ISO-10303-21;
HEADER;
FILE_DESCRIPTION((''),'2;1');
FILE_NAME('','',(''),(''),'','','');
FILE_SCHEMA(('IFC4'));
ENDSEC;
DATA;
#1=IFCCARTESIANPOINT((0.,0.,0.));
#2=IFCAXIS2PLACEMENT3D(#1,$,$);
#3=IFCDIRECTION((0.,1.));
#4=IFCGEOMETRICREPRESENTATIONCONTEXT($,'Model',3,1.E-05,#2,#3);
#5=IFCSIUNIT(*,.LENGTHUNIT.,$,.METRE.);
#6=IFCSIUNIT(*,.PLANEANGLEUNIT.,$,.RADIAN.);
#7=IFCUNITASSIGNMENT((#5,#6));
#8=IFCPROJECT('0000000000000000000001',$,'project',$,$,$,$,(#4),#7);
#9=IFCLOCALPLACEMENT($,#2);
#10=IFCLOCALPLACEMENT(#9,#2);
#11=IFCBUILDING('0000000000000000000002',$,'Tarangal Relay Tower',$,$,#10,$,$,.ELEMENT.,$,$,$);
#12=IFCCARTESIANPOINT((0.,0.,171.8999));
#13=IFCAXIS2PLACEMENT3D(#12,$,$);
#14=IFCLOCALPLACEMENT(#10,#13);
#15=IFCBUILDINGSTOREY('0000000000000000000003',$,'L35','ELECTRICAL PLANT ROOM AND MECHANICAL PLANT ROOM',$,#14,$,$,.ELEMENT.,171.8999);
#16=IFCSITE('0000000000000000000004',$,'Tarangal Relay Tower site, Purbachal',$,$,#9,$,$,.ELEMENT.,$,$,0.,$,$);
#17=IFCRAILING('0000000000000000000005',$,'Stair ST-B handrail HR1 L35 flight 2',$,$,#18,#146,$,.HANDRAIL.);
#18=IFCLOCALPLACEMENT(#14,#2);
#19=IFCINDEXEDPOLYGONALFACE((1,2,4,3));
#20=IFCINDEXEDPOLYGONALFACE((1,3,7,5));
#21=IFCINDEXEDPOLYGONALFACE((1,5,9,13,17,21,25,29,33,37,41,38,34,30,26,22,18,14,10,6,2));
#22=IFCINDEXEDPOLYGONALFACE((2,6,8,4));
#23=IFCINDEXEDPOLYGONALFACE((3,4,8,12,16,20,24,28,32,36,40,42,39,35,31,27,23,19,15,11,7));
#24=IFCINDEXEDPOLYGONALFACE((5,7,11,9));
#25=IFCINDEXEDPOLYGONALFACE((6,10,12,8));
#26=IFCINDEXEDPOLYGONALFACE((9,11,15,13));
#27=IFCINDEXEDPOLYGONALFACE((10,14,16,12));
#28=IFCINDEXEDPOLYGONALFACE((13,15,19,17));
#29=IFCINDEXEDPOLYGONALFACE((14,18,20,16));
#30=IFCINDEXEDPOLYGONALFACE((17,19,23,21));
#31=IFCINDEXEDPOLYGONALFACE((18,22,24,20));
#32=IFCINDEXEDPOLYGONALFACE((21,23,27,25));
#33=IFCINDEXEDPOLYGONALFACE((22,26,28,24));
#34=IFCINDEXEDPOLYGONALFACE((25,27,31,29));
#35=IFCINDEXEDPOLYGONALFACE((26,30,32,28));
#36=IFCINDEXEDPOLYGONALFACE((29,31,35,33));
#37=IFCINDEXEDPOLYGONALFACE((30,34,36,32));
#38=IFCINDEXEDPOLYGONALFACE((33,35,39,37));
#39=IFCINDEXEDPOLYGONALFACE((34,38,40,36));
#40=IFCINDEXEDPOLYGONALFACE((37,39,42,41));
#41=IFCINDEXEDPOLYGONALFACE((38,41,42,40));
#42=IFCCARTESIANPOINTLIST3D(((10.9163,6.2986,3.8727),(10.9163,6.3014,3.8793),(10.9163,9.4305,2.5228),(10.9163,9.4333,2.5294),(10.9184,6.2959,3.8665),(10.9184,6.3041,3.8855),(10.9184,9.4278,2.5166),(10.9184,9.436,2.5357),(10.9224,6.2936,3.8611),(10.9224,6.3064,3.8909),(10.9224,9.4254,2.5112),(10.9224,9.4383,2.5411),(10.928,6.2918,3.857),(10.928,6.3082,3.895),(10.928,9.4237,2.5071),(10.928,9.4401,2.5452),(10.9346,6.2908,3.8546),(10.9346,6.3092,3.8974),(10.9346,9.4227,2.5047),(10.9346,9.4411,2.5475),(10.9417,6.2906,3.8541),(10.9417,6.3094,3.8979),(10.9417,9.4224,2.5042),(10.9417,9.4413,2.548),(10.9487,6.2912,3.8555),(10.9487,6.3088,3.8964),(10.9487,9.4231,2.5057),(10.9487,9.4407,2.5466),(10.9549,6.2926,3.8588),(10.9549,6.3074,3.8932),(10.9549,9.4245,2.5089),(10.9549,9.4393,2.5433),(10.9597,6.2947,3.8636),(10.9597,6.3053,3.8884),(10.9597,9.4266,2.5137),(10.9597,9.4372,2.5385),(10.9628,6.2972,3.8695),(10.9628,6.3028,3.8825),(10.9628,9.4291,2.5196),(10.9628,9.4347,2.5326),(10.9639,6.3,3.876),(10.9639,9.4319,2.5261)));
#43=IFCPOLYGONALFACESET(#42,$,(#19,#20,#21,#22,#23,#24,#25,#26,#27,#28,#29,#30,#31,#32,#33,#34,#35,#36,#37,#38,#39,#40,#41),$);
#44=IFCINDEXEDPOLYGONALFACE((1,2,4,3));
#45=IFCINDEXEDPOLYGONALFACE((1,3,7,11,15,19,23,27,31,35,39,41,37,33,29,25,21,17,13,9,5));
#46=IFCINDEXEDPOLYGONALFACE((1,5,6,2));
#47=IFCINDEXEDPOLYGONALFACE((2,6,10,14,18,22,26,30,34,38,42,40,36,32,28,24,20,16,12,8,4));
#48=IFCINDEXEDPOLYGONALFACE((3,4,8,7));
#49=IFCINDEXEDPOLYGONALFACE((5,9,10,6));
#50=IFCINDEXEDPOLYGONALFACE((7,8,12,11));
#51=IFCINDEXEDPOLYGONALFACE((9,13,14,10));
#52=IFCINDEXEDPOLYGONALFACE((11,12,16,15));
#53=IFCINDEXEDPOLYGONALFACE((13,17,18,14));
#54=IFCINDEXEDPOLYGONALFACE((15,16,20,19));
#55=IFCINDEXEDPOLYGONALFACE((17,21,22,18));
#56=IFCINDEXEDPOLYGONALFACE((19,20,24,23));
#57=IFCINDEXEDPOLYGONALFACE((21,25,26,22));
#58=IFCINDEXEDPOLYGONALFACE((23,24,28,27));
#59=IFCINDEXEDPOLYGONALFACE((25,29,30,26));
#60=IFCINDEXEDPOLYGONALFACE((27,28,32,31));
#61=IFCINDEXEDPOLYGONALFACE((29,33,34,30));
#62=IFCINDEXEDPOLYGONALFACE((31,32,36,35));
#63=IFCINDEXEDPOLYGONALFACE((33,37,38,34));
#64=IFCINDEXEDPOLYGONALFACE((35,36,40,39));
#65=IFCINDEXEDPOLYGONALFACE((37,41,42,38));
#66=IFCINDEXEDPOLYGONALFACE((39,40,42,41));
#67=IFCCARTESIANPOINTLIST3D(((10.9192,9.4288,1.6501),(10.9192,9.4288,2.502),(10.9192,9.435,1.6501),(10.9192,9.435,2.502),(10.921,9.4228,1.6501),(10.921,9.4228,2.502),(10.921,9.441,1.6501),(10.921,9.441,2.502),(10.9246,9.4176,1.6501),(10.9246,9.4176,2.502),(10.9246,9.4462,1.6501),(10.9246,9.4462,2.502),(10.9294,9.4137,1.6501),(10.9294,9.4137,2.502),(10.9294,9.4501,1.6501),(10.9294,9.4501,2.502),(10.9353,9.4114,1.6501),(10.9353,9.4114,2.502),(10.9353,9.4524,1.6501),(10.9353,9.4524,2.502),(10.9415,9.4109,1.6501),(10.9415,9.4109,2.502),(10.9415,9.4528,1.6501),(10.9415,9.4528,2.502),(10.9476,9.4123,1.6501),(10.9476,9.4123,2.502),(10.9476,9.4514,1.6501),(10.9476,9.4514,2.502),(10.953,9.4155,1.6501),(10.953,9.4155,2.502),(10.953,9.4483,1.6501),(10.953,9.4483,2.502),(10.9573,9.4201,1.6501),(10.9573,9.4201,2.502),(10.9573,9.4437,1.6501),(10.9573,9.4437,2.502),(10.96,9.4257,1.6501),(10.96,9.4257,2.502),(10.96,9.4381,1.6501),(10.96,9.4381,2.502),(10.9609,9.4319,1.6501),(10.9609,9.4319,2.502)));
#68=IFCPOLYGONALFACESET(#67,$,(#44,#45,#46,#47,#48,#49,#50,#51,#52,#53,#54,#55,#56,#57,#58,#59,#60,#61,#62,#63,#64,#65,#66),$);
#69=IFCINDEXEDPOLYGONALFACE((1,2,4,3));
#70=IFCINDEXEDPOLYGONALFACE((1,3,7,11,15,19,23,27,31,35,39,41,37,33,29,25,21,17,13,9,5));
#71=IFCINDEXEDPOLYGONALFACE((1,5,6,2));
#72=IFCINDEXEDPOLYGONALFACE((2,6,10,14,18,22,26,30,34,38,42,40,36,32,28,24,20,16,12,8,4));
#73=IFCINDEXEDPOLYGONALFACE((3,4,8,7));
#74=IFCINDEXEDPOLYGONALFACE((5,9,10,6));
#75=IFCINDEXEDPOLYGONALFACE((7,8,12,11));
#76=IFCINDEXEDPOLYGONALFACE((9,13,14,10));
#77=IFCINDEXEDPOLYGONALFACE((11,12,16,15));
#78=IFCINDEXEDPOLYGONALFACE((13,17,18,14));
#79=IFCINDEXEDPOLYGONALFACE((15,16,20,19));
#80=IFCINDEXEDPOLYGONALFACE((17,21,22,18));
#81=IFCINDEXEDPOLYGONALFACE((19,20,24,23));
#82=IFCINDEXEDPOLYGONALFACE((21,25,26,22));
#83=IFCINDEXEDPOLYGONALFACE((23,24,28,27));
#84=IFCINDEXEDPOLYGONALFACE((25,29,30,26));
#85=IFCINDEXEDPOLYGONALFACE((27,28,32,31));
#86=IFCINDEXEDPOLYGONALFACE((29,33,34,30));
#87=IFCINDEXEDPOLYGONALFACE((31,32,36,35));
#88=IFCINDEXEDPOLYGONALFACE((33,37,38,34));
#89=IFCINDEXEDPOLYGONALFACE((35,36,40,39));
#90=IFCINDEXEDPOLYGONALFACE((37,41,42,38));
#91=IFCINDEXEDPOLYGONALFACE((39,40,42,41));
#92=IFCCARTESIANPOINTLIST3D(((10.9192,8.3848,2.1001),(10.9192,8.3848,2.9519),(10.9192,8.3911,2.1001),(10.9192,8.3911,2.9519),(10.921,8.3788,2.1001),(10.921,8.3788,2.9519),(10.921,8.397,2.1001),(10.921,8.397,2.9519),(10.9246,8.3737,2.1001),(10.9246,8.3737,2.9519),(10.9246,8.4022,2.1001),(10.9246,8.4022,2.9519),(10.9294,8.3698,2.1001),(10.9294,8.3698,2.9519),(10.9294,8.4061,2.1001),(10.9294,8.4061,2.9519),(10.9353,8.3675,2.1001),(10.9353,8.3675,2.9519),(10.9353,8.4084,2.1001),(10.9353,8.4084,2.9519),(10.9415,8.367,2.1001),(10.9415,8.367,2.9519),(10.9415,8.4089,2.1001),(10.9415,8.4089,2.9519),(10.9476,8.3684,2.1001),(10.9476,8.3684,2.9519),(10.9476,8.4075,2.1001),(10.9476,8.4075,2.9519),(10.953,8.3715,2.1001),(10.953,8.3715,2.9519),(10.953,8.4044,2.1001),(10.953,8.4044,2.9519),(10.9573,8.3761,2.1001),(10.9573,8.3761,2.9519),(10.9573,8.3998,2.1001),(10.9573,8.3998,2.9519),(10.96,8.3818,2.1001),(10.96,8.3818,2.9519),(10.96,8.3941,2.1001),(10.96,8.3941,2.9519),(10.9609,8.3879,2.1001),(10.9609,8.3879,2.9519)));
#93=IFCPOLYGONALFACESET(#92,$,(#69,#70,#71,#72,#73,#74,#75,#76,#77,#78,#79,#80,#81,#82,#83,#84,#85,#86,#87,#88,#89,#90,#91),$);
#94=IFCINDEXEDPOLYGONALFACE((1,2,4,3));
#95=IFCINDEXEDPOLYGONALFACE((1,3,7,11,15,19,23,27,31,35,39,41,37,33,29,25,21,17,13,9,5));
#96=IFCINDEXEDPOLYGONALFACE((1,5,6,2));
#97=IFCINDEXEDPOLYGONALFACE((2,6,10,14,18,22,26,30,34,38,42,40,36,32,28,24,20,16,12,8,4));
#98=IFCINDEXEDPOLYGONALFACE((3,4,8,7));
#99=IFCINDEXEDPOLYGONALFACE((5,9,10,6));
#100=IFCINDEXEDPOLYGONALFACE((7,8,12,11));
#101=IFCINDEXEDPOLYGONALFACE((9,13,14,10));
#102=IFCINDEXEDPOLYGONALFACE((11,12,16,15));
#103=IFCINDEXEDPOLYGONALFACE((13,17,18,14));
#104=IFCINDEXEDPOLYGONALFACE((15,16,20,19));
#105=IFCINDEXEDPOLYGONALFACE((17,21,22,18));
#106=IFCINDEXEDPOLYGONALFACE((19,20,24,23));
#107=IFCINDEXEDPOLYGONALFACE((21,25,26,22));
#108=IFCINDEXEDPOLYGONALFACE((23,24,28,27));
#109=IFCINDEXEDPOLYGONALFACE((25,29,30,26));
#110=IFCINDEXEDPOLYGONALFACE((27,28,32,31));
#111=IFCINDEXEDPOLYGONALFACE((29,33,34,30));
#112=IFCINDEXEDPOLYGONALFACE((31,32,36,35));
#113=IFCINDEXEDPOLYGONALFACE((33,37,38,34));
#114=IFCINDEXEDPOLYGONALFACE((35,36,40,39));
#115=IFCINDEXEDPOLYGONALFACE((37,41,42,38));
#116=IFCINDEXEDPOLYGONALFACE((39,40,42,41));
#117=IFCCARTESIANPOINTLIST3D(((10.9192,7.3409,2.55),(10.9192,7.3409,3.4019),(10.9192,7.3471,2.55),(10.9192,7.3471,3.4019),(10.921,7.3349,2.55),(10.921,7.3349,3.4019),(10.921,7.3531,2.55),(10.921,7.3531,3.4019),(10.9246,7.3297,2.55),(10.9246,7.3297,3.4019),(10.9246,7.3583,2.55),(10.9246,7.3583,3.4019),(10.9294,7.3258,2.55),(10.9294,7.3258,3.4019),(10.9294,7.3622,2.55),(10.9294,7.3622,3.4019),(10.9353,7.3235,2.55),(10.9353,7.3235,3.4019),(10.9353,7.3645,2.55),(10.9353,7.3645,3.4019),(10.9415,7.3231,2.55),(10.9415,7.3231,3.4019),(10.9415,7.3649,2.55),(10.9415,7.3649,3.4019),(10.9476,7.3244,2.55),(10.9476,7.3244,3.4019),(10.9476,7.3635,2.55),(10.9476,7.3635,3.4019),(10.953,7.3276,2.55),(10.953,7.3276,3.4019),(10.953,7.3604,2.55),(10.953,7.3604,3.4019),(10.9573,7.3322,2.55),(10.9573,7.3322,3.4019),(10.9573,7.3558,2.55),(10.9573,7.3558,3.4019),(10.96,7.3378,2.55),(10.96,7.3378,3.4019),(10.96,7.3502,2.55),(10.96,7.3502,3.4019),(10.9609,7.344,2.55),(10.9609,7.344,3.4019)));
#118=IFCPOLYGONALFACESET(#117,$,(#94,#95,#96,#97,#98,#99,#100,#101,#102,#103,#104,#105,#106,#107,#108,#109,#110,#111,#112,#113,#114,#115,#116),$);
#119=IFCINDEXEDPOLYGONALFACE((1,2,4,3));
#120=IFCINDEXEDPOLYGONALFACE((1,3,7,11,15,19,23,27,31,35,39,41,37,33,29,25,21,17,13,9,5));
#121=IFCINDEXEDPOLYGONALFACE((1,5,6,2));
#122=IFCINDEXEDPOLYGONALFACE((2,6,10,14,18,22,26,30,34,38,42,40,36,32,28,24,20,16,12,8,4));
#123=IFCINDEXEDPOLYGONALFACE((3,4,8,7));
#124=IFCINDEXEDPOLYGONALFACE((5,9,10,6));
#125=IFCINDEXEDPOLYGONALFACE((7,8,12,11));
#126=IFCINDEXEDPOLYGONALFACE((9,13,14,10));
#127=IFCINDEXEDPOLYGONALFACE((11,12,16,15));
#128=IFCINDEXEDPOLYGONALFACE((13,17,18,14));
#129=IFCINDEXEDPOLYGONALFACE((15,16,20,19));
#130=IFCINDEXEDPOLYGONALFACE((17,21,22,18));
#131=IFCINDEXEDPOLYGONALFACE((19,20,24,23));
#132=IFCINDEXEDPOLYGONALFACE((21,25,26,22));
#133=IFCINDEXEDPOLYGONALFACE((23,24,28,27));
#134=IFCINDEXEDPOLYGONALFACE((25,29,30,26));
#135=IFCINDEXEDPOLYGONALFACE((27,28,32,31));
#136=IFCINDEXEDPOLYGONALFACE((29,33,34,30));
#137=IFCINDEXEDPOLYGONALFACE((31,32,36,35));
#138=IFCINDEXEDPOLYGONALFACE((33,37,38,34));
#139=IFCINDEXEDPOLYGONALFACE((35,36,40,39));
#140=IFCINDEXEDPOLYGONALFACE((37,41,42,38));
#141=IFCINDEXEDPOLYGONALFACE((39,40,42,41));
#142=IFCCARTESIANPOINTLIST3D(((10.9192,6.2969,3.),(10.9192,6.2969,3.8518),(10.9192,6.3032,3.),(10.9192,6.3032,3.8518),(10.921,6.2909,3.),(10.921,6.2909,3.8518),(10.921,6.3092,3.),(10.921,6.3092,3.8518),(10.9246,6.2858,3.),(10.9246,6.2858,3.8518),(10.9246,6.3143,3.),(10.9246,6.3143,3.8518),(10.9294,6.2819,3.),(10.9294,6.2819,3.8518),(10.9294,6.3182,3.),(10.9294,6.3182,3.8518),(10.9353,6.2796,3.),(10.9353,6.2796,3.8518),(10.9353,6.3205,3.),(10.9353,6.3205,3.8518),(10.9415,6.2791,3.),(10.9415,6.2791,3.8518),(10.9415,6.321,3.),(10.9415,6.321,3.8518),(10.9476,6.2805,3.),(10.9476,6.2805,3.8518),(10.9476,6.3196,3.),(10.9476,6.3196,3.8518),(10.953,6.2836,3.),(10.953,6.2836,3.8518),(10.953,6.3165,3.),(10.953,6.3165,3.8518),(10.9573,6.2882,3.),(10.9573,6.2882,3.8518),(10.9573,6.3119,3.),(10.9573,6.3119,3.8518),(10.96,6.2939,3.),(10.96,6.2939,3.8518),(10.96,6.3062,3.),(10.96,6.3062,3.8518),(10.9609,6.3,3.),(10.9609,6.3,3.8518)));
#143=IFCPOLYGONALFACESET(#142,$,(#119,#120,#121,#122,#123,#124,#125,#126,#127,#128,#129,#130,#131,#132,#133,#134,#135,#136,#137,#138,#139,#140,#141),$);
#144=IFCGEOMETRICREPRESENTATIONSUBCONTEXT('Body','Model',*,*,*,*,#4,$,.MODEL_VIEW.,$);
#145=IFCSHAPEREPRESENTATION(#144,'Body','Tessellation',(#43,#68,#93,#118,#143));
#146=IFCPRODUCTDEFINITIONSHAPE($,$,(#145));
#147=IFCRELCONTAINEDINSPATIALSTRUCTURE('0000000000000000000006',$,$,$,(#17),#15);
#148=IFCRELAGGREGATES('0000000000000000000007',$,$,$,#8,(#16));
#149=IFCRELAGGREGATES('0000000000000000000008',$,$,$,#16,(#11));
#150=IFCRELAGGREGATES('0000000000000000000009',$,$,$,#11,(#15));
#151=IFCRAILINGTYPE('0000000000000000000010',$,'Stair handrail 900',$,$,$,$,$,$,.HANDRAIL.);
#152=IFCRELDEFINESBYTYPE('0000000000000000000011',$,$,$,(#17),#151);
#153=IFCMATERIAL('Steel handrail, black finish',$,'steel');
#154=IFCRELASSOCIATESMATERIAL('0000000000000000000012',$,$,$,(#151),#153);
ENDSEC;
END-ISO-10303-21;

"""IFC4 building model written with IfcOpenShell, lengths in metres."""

from ifc_helpers import new_model, si_unit, direction, frame, origin, origin_2d, place, context, subcontext, project, spatial, circle, extrude, material, type_object, element, save


model = new_model("IFC4")

# Units and contexts
model_context = context("Model", 3, precision=1e-05, world=origin(), true_north=direction((0.0, 1.0)))
body_context = subcontext(model_context, "Body", "Model", "MODEL_VIEW")
ifc_project = project(units=[si_unit("LENGTHUNIT", "METRE"), si_unit("PLANEANGLEUNIT", "RADIAN")], contexts=[model_context])

# Site, building, storey
site_placement = place(None, origin())
site = spatial("IfcSite", under=ifc_project, at=site_placement, Name="Tarangal Relay Tower site, Purbachal", CompositionType="ELEMENT", RefElevation=0.0)
building_placement = place(site_placement, origin())
building = spatial("IfcBuilding", under=site, at=building_placement, Name="Tarangal Relay Tower", CompositionType="ELEMENT")
storey_placement = place(building_placement, frame((0.0, 0.0, 171.8999)))
storey = spatial("IfcBuildingStorey", under=building, at=storey_placement, Name="L35", Description="ELECTRICAL PLANT ROOM AND MECHANICAL PLANT ROOM", CompositionType="ELEMENT", Elevation=171.8999)

# Railing
ifc_material_1 = material(Name="Steel handrail, black finish", Category="steel")
railing_type_1 = type_object("IfcRailingType", Name="Stair handrail 900", PredefinedType="HANDRAIL", material=ifc_material_1)
railing_1_placement = place(storey_placement, frame((10.9399, 9.4319, 1.6501)))
element("IfcRailing", 1, at=railing_1_placement, inside=storey, type_object=railing_type_1, Name="Stair ST-B handrail HR1 L35 flight 2", PredefinedType="HANDRAIL", context=body_context, shape_type="SweptSolid", body=[
    extrude(circle(Radius=0.0239, at=origin_2d()), frame((0.0, 0.0, 0.876), z_axis=(0.0, -0.918332, 0.395811), x_axis=(1.0, 0.0, 0.0)), (0.0, 0.0, 1.0), 3.4104),
    extrude(circle(Radius=0.021, at=origin_2d()), origin(), (0.0, 0.0, 1.0), 0.8518),
    extrude(circle(Radius=0.021, at=origin_2d()), frame((0.0, -1.0439, 0.45)), (0.0, 0.0, 1.0), 0.8518),
    extrude(circle(Radius=0.021, at=origin_2d()), frame((0.0, -2.0879, 0.8999)), (0.0, 0.0, 1.0), 0.8518),
    extrude(circle(Radius=0.021, at=origin_2d()), frame((0.0, -3.1318, 1.3499)), (0.0, 0.0, 1.0), 0.8518),
])

save(model, "model.ifc")
